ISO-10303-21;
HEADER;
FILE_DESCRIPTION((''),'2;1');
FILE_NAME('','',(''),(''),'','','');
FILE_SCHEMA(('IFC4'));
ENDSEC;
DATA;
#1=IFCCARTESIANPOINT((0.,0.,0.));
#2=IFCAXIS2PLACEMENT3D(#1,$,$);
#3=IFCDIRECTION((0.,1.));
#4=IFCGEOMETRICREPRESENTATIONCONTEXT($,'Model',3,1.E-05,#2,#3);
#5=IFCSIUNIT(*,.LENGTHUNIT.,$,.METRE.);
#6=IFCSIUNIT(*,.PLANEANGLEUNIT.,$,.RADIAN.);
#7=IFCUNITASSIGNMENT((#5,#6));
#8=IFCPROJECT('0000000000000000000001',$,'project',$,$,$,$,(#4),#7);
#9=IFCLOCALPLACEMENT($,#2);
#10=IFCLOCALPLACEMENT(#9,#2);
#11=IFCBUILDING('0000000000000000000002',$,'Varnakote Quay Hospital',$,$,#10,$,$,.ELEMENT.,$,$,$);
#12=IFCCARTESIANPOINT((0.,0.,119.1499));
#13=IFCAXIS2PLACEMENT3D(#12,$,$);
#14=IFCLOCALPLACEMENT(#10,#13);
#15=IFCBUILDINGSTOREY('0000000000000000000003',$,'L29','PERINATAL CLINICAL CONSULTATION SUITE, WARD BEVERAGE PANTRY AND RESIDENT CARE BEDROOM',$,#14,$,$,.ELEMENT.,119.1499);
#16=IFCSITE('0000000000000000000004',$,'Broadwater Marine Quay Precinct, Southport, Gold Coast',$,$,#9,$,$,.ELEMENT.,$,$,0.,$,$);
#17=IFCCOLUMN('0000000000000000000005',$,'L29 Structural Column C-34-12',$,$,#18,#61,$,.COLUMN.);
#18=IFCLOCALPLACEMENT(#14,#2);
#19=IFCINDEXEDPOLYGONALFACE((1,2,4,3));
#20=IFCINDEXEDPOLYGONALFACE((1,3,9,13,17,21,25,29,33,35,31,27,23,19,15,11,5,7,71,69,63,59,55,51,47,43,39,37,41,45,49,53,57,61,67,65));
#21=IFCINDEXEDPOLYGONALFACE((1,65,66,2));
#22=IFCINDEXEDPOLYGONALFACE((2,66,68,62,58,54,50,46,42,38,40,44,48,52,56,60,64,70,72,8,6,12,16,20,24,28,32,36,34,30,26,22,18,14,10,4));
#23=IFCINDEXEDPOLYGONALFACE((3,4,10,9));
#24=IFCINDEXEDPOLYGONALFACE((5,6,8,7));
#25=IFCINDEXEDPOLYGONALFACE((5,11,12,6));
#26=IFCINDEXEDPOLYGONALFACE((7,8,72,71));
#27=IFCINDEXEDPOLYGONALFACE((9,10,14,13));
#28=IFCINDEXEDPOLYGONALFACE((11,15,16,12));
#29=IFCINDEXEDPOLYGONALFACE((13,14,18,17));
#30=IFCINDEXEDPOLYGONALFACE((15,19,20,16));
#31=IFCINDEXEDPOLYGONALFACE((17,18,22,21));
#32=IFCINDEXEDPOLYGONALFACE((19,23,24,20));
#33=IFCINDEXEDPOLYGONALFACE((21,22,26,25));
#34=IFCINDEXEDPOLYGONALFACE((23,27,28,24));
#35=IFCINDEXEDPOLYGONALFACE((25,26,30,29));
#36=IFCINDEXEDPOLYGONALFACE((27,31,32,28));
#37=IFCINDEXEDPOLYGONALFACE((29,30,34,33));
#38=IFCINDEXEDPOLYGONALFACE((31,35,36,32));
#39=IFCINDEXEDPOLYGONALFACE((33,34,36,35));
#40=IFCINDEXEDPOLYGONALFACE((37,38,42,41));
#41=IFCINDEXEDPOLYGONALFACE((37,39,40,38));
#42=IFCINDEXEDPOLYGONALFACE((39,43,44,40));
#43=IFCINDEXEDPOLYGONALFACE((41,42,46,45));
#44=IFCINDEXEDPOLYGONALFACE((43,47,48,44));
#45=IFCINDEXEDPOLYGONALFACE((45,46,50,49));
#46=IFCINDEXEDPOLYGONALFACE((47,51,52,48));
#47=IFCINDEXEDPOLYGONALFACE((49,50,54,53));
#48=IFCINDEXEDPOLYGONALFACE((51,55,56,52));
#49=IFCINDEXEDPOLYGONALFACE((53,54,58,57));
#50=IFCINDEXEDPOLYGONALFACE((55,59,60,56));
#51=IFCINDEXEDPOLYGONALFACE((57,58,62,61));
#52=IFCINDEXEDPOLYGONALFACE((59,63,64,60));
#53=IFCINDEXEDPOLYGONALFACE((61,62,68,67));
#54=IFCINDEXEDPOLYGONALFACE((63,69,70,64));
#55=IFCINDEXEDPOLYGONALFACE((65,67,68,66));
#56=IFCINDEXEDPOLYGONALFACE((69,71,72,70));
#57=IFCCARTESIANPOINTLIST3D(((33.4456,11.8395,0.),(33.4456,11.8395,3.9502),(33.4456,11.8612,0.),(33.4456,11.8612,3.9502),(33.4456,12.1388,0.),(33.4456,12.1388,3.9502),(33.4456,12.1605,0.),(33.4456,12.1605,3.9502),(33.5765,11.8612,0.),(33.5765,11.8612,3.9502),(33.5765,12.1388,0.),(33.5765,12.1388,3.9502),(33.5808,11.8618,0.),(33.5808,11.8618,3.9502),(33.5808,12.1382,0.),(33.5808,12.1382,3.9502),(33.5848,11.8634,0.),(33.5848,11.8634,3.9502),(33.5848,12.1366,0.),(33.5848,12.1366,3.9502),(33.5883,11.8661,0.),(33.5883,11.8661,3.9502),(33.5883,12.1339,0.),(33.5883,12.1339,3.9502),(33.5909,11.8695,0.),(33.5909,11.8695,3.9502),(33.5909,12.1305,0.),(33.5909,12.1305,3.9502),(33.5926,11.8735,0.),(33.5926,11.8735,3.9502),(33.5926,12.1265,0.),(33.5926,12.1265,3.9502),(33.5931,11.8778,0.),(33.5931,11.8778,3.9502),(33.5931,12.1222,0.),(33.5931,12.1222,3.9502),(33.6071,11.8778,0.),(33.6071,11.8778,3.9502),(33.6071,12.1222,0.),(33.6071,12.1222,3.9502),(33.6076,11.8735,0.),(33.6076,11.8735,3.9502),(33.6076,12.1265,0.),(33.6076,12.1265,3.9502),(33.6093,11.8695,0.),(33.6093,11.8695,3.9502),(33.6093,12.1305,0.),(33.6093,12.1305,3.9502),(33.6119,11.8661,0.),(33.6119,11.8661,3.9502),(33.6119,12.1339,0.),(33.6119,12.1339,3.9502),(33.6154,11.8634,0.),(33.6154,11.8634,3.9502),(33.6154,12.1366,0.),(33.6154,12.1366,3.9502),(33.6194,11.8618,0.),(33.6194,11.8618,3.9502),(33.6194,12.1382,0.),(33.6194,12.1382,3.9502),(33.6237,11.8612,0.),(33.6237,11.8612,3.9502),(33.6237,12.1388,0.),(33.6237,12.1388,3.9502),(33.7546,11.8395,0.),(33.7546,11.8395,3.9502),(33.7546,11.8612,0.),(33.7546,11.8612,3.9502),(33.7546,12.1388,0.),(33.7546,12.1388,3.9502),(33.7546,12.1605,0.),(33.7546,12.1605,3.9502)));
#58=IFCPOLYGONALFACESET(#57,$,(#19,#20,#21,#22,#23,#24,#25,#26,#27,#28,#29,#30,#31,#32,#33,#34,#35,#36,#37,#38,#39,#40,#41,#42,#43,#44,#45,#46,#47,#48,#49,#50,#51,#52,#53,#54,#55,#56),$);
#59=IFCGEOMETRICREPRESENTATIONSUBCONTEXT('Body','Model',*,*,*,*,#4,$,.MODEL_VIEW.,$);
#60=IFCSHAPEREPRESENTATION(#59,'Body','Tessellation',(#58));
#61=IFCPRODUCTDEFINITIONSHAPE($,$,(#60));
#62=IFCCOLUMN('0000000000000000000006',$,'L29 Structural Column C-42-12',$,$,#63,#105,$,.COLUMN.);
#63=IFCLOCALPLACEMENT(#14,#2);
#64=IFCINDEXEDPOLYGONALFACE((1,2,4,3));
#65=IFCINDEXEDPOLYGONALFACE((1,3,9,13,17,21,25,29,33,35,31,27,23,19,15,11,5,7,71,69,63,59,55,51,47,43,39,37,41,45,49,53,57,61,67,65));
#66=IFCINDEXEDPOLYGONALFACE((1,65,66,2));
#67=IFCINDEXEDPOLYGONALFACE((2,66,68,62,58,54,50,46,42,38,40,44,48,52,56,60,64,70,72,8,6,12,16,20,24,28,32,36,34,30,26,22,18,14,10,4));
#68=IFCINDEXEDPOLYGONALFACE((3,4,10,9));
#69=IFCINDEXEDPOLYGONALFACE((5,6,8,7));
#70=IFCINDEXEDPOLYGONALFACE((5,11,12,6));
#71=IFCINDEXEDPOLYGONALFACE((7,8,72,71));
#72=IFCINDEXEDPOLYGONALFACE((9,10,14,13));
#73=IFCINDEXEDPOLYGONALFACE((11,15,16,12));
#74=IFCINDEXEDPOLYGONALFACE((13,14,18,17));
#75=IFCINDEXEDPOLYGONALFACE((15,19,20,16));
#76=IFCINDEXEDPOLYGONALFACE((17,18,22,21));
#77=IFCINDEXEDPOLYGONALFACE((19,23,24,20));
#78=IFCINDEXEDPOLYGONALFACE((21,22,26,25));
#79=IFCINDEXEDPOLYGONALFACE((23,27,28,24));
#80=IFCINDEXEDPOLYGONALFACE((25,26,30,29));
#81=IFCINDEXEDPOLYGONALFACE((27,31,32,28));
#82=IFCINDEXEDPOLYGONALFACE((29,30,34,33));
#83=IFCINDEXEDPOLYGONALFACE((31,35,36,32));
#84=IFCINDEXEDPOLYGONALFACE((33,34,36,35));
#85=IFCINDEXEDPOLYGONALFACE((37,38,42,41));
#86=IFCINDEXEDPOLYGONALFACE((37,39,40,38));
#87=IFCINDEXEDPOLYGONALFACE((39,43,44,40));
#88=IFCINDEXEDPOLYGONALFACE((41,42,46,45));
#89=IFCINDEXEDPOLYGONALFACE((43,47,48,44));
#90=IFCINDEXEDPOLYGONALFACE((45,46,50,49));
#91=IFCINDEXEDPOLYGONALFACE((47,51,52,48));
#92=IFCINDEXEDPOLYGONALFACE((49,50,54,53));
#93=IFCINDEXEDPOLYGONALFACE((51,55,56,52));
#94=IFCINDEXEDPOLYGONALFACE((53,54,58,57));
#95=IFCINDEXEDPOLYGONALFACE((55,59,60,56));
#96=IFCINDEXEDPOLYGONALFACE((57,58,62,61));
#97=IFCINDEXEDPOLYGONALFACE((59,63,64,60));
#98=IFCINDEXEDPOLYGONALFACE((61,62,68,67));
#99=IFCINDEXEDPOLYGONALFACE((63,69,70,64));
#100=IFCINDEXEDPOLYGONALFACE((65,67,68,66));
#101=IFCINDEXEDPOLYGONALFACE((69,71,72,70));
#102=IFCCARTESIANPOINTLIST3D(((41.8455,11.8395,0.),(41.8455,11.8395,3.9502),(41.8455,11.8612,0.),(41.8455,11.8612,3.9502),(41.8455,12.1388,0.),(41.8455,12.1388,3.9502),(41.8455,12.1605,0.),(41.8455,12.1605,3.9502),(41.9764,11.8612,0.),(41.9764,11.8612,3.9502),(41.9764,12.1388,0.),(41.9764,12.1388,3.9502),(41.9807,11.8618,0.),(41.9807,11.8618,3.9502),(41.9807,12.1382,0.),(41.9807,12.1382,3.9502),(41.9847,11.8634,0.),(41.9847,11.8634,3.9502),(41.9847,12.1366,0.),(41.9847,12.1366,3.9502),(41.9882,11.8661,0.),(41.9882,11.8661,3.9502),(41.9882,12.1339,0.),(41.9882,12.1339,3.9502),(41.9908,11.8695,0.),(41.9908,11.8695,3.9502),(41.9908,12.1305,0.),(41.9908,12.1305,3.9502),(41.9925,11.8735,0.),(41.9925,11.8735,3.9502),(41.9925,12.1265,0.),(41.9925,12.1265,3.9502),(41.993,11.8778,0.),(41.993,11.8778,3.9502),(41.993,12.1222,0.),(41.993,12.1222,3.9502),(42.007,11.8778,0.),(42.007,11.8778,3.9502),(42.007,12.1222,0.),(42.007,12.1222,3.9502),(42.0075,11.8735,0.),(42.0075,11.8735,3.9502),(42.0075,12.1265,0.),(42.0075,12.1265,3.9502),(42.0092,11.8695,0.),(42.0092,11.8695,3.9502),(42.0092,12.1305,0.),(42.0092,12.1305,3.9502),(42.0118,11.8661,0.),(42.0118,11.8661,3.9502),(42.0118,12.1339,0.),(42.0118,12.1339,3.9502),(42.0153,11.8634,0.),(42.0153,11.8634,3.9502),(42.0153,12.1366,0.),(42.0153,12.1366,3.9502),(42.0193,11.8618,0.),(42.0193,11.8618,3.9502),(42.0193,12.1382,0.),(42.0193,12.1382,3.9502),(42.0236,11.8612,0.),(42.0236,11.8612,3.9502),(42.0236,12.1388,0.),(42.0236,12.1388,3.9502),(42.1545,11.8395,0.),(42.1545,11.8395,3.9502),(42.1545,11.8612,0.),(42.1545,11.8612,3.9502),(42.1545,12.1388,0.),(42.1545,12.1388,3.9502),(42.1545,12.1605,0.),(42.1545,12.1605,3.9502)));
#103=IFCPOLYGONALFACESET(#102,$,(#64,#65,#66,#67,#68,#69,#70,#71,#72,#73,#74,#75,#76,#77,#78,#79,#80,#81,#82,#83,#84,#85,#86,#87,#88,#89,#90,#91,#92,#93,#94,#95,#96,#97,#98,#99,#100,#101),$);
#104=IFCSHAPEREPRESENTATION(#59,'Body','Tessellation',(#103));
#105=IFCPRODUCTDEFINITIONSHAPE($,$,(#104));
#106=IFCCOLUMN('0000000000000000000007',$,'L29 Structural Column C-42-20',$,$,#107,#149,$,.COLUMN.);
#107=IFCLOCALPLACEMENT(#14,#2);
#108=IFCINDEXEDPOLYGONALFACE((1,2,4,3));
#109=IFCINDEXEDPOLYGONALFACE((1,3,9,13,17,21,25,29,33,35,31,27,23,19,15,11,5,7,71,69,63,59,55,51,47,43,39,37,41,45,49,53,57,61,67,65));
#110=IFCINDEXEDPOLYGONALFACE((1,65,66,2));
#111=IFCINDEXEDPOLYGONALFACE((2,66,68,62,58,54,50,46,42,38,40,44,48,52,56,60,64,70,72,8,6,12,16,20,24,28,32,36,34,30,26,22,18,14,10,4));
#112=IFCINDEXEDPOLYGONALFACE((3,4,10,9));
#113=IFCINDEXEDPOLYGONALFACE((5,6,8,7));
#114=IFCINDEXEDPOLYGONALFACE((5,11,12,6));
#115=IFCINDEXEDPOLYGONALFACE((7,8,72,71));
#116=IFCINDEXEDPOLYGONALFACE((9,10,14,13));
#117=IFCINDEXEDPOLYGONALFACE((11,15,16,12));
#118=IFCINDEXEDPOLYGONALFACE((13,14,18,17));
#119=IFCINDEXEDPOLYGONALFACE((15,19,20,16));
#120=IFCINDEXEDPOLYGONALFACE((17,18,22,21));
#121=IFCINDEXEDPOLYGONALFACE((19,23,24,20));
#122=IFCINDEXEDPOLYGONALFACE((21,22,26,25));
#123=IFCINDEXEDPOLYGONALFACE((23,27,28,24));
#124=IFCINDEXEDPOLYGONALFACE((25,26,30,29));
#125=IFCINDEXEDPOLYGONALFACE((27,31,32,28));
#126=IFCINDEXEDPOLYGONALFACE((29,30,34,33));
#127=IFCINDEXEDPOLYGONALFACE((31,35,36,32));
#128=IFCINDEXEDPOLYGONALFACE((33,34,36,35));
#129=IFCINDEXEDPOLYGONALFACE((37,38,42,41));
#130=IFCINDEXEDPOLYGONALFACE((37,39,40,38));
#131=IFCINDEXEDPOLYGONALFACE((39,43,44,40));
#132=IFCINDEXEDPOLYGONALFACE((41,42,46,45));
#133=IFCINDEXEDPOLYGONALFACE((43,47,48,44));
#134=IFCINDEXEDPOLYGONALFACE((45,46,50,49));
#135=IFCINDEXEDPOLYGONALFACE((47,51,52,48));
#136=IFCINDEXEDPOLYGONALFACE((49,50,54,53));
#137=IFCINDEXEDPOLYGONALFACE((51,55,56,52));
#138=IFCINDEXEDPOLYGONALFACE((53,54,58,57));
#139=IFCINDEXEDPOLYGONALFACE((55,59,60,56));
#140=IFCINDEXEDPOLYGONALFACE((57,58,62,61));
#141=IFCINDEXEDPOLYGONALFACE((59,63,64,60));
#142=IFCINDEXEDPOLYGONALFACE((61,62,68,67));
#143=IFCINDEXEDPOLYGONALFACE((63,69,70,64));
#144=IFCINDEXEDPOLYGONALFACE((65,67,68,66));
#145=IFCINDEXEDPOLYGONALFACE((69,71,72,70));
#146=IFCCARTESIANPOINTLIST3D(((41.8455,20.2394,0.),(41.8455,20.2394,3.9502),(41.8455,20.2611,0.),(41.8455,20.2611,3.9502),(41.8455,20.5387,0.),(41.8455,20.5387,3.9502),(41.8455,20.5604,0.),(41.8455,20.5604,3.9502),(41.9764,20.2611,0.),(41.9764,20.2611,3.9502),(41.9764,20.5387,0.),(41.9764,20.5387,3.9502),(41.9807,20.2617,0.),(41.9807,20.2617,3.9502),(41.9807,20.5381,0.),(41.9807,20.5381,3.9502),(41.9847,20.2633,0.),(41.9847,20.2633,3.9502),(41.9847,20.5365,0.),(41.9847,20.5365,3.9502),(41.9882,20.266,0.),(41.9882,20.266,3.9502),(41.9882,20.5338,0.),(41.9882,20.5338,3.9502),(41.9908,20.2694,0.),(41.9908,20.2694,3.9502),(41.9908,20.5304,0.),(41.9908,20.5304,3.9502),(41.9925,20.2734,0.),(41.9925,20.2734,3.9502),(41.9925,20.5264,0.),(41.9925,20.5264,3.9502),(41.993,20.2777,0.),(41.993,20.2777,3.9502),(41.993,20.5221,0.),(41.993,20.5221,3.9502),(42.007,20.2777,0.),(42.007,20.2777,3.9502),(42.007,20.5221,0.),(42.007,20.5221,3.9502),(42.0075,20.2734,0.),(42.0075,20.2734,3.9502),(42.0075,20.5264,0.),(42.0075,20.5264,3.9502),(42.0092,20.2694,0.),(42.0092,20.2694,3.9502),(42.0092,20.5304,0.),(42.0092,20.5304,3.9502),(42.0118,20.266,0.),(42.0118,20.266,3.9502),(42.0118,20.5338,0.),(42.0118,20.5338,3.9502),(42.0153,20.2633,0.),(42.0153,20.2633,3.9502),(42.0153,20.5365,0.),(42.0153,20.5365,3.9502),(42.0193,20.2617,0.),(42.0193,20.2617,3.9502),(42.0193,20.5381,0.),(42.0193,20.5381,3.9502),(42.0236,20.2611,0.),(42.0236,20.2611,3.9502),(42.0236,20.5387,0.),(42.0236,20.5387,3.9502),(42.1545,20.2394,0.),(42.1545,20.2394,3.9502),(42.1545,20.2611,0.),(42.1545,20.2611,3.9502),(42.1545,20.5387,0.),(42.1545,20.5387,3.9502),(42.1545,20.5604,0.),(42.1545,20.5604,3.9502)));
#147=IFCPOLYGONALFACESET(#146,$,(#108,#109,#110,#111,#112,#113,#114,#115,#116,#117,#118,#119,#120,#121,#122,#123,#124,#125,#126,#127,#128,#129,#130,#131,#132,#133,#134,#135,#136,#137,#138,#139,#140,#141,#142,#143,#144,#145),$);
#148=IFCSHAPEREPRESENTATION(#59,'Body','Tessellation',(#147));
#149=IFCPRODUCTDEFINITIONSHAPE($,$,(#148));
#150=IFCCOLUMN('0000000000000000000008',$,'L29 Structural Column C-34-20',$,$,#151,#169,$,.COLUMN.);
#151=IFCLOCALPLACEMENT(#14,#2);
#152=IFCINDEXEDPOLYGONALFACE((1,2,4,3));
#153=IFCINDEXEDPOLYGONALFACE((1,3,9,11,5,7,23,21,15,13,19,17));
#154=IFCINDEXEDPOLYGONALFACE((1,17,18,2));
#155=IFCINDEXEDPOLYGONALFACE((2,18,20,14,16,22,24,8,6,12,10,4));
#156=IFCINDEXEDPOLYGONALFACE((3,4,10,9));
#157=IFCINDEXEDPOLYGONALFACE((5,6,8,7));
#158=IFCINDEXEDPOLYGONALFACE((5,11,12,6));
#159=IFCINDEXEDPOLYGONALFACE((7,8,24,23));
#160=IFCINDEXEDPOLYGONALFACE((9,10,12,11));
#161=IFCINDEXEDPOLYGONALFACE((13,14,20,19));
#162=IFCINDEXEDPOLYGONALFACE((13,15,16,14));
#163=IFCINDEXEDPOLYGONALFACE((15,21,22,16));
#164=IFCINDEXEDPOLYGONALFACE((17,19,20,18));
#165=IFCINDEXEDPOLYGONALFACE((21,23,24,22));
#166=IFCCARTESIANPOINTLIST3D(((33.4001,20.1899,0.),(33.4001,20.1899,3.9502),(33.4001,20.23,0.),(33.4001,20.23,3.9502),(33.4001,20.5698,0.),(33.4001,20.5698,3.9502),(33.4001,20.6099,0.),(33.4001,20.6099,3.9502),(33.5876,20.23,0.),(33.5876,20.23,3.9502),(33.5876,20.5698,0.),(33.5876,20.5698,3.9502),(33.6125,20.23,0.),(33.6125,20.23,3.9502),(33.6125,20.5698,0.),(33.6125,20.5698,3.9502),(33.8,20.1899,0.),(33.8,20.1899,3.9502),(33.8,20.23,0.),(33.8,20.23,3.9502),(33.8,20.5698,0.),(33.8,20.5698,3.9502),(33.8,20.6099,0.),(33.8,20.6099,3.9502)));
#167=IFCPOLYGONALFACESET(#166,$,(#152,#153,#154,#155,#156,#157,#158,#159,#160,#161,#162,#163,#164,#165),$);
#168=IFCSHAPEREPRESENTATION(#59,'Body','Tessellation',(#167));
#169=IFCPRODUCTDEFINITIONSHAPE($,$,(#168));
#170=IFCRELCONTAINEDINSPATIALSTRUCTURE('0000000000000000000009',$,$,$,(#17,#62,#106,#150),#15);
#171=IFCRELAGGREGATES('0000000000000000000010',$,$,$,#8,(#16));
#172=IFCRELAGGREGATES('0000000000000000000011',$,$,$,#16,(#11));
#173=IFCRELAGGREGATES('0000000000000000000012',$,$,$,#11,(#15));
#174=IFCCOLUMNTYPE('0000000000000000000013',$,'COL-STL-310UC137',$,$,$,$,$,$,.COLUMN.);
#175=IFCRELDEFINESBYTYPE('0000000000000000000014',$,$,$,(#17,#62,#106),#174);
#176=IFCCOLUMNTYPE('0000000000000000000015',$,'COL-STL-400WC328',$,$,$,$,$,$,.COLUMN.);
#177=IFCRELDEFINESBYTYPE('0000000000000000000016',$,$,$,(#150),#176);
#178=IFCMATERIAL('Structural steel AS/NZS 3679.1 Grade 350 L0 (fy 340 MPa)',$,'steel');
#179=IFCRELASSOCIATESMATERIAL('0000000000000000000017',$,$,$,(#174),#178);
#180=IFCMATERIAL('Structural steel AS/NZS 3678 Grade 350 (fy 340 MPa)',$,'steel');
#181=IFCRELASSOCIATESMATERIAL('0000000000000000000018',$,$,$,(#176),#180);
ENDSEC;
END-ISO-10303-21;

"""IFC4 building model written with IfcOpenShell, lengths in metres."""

from ifc_helpers import new_model, si_unit, direction, frame, origin, origin_2d, place, context, subcontext, project, spatial, i_section, extrude, material, material_profile, profile_set, type_object, element, save


model = new_model("IFC4")

# Units and contexts
model_context = context("Model", 3, precision=1e-05, world=origin(), true_north=direction((0.0, 1.0)))
body_context = subcontext(model_context, "Body", "Model", "MODEL_VIEW")
ifc_project = project(units=[si_unit("LENGTHUNIT", "METRE"), si_unit("PLANEANGLEUNIT", "RADIAN")], contexts=[model_context])

# Site, building, storey
site_placement = place(None, origin())
site = spatial("IfcSite", under=ifc_project, at=site_placement, Name="Broadwater Marine Quay Precinct, Southport, Gold Coast", CompositionType="ELEMENT", RefElevation=0.0)
building_placement = place(site_placement, origin())
building = spatial("IfcBuilding", under=site, at=building_placement, Name="Varnakote Quay Hospital", CompositionType="ELEMENT")
storey_placement = place(building_placement, frame((0.0, 0.0, 119.1499)))
storey = spatial("IfcBuildingStorey", under=building, at=storey_placement, Name="L29", Description="PERINATAL CLINICAL CONSULTATION SUITE, WARD BEVERAGE PANTRY AND RESIDENT CARE BEDROOM", CompositionType="ELEMENT", Elevation=119.1499)

# Columns
ifc_material_1 = material(Name="Structural steel AS/NZS 3679.1 Grade 350 L0 (fy 340 MPa)", Category="steel")
ifc_material_profile_1 = material_profile(ifc_material_1, i_section(OverallWidth=0.3091, OverallDepth=0.321, WebThickness=0.0139, FlangeThickness=0.0217, FilletRadius=0.0166, at=origin_2d()), Name="310UC137")
ifc_profile_set_1 = profile_set([ifc_material_profile_1], Name="Structural steel AS/NZS 3679.1 Grade 350 L0 (fy 340 MPa)")
column_type_1 = type_object("IfcColumnType", Name="COL-STL-310UC137", PredefinedType="COLUMN", material=ifc_profile_set_1)
for number, where, z_axis, x_axis, name in (
    (1, (33.6001, 12.0, 0.0), (0.0, 0.0, 1.0), (1.0, 0.0, 0.0), "L29 Structural Column C-34-12"),
    (2, (42.0, 12.0, 0.0), (0.0, 0.0, 1.0), (1.0, 0.0, 0.0), "L29 Structural Column C-42-12"),
    (3, (42.0, 20.3999, 0.0), (0.0, 0.0, 1.0), (1.0, 0.0, 0.0), "L29 Structural Column C-42-20"),
):
    element("IfcColumn", number, at=place(storey_placement, frame(where, z_axis=z_axis, x_axis=x_axis)), inside=storey, type_object=column_type_1, Name=name, PredefinedType="COLUMN", context=body_context, shape_type="SweptSolid", body=[
        extrude(i_section(OverallWidth=0.3091, OverallDepth=0.321, WebThickness=0.0139, FlangeThickness=0.0217, FilletRadius=0.0166, at=origin_2d()), origin(), (0.0, 0.0, 1.0), 3.9502),
    ])
ifc_material_2 = material(Name="Structural steel AS/NZS 3678 Grade 350 (fy 340 MPa)", Category="steel")
ifc_material_profile_2 = material_profile(ifc_material_2, i_section(OverallWidth=0.3999, OverallDepth=0.4199, WebThickness=0.0249, FlangeThickness=0.04, at=origin_2d()), Name="400WC328")
ifc_profile_set_2 = profile_set([ifc_material_profile_2], Name="Structural steel AS/NZS 3678 Grade 350 (fy 340 MPa)")
column_type_2 = type_object("IfcColumnType", Name="COL-STL-400WC328", PredefinedType="COLUMN", material=ifc_profile_set_2)
column_placement = place(storey_placement, frame((33.6001, 20.3999, 0.0), z_axis=(0.0, 0.0, 1.0), x_axis=(1.0, 0.0, 0.0)))
element("IfcColumn", 4, at=column_placement, inside=storey, type_object=column_type_2, Name="L29 Structural Column C-34-20", PredefinedType="COLUMN", context=body_context, shape_type="SweptSolid", body=[
    extrude(i_section(OverallWidth=0.3999, OverallDepth=0.4199, WebThickness=0.0249, FlangeThickness=0.04, at=origin_2d()), origin(), (0.0, 0.0, 1.0), 3.9502),
])

save(model, "model.ifc")
